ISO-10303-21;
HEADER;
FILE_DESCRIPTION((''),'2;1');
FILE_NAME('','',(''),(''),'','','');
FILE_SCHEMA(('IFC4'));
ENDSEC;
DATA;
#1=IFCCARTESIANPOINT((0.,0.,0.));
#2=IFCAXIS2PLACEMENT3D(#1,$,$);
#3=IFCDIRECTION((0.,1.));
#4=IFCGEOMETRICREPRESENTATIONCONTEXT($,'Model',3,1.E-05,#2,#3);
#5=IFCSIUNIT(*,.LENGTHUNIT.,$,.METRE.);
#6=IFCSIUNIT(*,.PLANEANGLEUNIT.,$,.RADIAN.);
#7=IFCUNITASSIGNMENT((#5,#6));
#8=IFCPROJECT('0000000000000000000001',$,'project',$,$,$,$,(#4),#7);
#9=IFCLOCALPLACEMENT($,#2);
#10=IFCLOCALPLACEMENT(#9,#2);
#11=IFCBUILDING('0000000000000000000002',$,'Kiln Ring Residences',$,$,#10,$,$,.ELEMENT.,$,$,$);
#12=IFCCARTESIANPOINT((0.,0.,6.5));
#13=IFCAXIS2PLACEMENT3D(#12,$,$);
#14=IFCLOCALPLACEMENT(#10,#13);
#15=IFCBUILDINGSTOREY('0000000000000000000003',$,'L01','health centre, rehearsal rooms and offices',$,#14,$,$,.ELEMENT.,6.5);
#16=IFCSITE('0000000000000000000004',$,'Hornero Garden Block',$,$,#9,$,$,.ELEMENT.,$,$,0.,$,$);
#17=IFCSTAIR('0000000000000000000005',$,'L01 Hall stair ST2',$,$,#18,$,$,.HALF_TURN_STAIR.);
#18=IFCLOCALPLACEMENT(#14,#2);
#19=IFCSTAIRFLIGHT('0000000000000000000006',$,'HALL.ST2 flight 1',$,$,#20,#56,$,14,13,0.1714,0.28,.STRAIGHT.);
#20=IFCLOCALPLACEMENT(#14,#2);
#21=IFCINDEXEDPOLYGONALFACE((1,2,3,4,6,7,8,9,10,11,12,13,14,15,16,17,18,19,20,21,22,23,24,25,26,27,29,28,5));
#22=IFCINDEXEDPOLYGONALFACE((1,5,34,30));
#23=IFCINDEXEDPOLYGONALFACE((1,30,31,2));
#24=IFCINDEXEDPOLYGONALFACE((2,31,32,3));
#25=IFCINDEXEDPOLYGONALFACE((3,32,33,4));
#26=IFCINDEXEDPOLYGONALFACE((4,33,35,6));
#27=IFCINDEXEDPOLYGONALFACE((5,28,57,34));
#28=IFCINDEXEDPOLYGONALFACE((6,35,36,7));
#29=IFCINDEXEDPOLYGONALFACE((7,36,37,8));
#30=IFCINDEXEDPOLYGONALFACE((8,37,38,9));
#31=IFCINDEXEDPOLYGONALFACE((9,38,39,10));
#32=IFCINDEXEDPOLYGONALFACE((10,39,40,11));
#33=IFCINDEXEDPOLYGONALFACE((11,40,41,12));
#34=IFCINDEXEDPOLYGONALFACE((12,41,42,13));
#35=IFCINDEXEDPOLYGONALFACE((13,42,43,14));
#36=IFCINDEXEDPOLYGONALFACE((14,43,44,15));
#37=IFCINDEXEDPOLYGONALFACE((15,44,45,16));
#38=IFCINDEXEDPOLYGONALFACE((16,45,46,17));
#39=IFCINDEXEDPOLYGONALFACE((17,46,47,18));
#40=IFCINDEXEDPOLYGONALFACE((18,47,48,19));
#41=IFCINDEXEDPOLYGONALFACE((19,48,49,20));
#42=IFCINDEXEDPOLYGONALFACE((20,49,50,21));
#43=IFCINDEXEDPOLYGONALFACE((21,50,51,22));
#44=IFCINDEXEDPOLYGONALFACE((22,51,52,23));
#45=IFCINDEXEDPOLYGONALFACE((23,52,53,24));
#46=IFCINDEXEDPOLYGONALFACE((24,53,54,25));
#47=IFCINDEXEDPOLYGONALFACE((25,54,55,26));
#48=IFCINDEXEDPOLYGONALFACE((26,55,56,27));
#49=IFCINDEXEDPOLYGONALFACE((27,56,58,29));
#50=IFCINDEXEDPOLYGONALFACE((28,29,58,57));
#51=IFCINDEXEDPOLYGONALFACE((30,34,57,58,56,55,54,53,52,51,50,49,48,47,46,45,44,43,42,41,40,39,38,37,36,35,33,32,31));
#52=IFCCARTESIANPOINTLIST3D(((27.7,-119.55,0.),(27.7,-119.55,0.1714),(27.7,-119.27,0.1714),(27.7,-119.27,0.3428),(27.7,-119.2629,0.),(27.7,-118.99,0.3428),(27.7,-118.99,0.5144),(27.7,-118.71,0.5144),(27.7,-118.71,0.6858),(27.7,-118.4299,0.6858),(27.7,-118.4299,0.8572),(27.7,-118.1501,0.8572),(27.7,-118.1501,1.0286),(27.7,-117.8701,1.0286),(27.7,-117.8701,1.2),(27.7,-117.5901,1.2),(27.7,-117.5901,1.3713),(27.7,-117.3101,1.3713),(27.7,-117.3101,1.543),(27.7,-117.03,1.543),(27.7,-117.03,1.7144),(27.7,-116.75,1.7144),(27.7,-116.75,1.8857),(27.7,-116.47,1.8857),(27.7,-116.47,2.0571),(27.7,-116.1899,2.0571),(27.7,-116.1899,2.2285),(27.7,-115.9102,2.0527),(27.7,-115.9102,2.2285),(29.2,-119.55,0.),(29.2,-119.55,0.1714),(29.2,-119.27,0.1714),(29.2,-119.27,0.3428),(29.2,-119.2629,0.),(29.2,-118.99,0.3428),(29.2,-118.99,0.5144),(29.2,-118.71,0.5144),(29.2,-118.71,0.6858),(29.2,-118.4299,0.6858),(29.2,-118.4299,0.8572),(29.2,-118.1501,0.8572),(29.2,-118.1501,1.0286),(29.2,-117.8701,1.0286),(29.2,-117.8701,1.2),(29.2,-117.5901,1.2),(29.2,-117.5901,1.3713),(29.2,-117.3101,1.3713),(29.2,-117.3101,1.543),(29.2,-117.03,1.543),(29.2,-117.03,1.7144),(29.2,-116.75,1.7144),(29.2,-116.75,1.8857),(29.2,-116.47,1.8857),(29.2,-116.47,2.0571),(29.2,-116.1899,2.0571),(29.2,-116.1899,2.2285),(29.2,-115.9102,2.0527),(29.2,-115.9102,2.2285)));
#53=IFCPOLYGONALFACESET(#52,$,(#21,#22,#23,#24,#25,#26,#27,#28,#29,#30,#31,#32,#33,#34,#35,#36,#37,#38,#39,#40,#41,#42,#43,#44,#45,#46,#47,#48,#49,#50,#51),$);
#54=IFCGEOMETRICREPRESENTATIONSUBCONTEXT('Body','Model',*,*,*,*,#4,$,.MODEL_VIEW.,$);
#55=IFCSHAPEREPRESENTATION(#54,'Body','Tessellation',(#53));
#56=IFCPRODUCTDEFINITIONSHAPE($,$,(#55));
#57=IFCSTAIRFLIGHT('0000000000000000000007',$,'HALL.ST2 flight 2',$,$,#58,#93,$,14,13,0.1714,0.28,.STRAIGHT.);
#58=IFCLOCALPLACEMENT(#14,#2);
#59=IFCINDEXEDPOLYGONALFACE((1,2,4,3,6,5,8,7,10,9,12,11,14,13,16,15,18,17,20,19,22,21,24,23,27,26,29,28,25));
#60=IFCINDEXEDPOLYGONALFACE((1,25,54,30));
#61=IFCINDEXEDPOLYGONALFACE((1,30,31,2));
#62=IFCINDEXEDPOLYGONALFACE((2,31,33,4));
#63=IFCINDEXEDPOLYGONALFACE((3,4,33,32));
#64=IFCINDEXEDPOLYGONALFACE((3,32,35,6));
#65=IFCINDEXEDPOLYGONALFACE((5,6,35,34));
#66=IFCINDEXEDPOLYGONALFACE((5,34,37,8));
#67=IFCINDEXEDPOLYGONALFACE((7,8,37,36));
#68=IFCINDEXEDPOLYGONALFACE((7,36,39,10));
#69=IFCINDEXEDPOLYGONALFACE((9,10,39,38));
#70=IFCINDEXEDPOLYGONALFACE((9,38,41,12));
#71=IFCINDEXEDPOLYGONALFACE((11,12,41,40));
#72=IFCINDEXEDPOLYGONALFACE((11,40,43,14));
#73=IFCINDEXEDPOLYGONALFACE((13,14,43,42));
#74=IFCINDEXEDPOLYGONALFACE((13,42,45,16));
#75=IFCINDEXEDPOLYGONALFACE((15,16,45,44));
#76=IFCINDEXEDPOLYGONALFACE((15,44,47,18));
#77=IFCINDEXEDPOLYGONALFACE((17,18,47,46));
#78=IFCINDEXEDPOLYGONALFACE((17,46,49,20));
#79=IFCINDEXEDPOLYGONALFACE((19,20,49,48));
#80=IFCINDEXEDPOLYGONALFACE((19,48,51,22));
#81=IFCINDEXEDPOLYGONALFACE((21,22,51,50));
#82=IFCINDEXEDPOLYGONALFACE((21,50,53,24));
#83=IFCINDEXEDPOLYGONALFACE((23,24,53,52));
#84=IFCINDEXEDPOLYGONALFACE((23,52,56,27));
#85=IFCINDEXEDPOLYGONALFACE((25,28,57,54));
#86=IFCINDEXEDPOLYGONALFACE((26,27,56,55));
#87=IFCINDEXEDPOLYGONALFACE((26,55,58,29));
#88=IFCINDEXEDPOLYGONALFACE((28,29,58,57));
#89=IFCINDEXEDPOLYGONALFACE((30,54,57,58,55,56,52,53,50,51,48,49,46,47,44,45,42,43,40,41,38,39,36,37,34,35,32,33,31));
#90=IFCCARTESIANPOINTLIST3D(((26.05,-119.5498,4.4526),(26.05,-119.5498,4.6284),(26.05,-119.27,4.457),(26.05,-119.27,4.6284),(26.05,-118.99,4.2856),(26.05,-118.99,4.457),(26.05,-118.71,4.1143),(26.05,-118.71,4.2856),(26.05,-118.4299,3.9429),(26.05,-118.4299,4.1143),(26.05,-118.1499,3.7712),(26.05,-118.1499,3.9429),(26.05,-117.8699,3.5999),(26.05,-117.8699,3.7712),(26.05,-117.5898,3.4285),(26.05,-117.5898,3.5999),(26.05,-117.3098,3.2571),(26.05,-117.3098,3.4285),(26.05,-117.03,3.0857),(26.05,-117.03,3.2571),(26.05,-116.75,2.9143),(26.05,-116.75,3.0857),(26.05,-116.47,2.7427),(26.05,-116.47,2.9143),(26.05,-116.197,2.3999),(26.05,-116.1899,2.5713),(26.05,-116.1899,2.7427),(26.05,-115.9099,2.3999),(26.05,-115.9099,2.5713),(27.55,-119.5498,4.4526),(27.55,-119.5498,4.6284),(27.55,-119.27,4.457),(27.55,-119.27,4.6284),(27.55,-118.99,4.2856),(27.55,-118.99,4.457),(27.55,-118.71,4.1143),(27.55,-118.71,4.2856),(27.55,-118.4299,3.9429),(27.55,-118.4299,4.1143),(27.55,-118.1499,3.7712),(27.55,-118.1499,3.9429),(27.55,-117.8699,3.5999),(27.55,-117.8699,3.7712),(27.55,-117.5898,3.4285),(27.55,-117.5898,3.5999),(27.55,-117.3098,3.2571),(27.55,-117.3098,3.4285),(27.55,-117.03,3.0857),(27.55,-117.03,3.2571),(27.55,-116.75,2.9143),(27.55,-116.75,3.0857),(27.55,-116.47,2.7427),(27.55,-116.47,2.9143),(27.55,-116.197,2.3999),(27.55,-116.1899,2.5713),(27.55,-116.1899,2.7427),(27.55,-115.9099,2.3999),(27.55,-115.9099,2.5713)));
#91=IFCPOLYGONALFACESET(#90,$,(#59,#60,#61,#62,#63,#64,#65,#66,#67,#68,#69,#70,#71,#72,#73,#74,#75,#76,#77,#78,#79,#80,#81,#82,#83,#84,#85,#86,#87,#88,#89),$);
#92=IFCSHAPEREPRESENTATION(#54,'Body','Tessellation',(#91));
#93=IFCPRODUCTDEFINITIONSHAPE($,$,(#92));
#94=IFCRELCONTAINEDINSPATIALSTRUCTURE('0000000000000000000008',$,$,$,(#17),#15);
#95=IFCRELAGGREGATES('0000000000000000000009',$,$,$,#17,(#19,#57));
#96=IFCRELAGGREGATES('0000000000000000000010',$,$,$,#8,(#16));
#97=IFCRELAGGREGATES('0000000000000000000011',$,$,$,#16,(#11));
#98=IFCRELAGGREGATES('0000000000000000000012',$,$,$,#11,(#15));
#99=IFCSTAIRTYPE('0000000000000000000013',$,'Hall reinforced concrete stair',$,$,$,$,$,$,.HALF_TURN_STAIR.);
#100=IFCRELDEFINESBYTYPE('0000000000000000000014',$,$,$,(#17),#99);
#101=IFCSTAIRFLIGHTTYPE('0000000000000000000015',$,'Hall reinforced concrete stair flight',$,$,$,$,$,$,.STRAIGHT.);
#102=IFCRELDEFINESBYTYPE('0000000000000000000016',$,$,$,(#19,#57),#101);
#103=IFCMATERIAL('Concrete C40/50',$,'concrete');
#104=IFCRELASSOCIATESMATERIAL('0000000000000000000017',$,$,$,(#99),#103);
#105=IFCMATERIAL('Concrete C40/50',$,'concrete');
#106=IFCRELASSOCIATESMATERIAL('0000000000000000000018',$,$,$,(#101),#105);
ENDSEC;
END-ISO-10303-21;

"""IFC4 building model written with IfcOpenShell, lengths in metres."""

from ifc_helpers import new_model, si_unit, direction, frame, origin, place, context, subcontext, project, spatial, polyline, outline, extrude, material, type_object, element, aggregate, save


model = new_model("IFC4")

# Units and contexts
model_context = context("Model", 3, precision=1e-05, world=origin(), true_north=direction((0.0, 1.0)))
body_context = subcontext(model_context, "Body", "Model", "MODEL_VIEW")
ifc_project = project(units=[si_unit("LENGTHUNIT", "METRE"), si_unit("PLANEANGLEUNIT", "RADIAN")], contexts=[model_context])

# Site, building, storey
site_placement = place(None, origin())
site = spatial("IfcSite", under=ifc_project, at=site_placement, Name="Hornero Garden Block", CompositionType="ELEMENT", RefElevation=0.0)
building_placement = place(site_placement, origin())
building = spatial("IfcBuilding", under=site, at=building_placement, Name="Kiln Ring Residences", CompositionType="ELEMENT")
storey_placement = place(building_placement, frame((0.0, 0.0, 6.5)))
storey = spatial("IfcBuildingStorey", under=building, at=storey_placement, Name="L01", Description="health centre, rehearsal rooms and offices", CompositionType="ELEMENT", Elevation=6.5)

# Stair, stair flights
ifc_material_1 = material(Name="Concrete C40/50", Category="concrete")
stair_type = type_object("IfcStairType", Name="Hall reinforced concrete stair", PredefinedType="HALF_TURN_STAIR", material=ifc_material_1)
stair_placement = place(storey_placement, origin())
stair = element("IfcStair", 1, at=stair_placement, inside=storey, type_object=stair_type, Name="L01 Hall stair ST2", PredefinedType="HALF_TURN_STAIR")
ifc_material_2 = material(Name="Concrete C40/50", Category="concrete")
stair_flight_type = type_object("IfcStairFlightType", Name="Hall reinforced concrete stair flight", PredefinedType="STRAIGHT", material=ifc_material_2)
stair_flight_1_placement = place(storey_placement, frame((28.45, -119.55, 0.0), z_axis=(0.0, 0.0, 1.0), x_axis=(0.0, 1.0, 0.0)))
stair_flight_1 = element("IfcStairFlight", 2, at=stair_flight_1_placement, type_object=stair_flight_type, Name="HALL.ST2 flight 1", NumberOfRisers=14, NumberOfTreads=13, PredefinedType="STRAIGHT", RiserHeight=0.1714, TreadLength=0.28, context=body_context, shape_type="SweptSolid", body=[
    extrude(outline(polyline([(0.0, 0.0), (0.0, 0.1714), (0.28, 0.1714), (0.28, 0.3428), (0.5601, 0.3428), (0.5601, 0.5144), (0.8401, 0.5144), (0.8401, 0.6858), (1.1201, 0.6858), (1.1201, 0.8572), (1.3999, 0.8572), (1.3999, 1.0286), (1.6799, 1.0286), (1.6799, 1.2), (1.96, 1.2), (1.96, 1.3713), (2.24, 1.3713), (2.24, 1.543), (2.52, 1.543), (2.52, 1.7144), (2.8, 1.7144), (2.8, 1.8857), (3.0801, 1.8857), (3.0801, 2.0571), (3.3601, 2.0571), (3.3601, 2.2285), (3.6399, 2.2285), (3.6399, 2.3999), (3.6399, 2.0527), (0.2871, 0.0), (0.0, 0.0)])), frame((0.0, 0.75, 0.0), z_axis=(0.0, -1.0, 0.0), x_axis=(1.0, 0.0, 0.0)), (0.0, 0.0, 1.0), 1.5),
])
stair_flight_2_placement = place(storey_placement, frame((26.8, -115.9099, 2.3999), z_axis=(0.0, 0.0, 1.0), x_axis=(0.0, -1.0, 0.0)))
stair_flight_2 = element("IfcStairFlight", 3, at=stair_flight_2_placement, type_object=stair_flight_type, Name="HALL.ST2 flight 2", NumberOfRisers=14, NumberOfTreads=13, PredefinedType="STRAIGHT", RiserHeight=0.1714, TreadLength=0.28, context=body_context, shape_type="SweptSolid", body=[
    extrude(outline(polyline([(0.0, 0.0), (0.0, 0.1714), (0.28, 0.1714), (0.28, 0.3428), (0.5601, 0.3428), (0.5601, 0.5144), (0.8401, 0.5144), (0.8401, 0.6858), (1.1201, 0.6858), (1.1201, 0.8572), (1.3999, 0.8572), (1.3999, 1.0286), (1.6799, 1.0286), (1.6799, 1.2), (1.96, 1.2), (1.96, 1.3713), (2.24, 1.3713), (2.24, 1.543), (2.52, 1.543), (2.52, 1.7144), (2.8, 1.7144), (2.8, 1.8857), (3.0801, 1.8857), (3.0801, 2.0571), (3.3601, 2.0571), (3.3601, 2.2285), (3.6399, 2.2285), (3.6399, 2.3999), (3.6399, 2.0527), (0.2871, 0.0), (0.0, 0.0)])), frame((0.0, 0.75, 0.0), z_axis=(0.0, -1.0, 0.0), x_axis=(1.0, 0.0, 0.0)), (0.0, 0.0, 1.0), 1.5),
])
aggregate(stair, [stair_flight_1, stair_flight_2])

save(model, "model.ifc")
